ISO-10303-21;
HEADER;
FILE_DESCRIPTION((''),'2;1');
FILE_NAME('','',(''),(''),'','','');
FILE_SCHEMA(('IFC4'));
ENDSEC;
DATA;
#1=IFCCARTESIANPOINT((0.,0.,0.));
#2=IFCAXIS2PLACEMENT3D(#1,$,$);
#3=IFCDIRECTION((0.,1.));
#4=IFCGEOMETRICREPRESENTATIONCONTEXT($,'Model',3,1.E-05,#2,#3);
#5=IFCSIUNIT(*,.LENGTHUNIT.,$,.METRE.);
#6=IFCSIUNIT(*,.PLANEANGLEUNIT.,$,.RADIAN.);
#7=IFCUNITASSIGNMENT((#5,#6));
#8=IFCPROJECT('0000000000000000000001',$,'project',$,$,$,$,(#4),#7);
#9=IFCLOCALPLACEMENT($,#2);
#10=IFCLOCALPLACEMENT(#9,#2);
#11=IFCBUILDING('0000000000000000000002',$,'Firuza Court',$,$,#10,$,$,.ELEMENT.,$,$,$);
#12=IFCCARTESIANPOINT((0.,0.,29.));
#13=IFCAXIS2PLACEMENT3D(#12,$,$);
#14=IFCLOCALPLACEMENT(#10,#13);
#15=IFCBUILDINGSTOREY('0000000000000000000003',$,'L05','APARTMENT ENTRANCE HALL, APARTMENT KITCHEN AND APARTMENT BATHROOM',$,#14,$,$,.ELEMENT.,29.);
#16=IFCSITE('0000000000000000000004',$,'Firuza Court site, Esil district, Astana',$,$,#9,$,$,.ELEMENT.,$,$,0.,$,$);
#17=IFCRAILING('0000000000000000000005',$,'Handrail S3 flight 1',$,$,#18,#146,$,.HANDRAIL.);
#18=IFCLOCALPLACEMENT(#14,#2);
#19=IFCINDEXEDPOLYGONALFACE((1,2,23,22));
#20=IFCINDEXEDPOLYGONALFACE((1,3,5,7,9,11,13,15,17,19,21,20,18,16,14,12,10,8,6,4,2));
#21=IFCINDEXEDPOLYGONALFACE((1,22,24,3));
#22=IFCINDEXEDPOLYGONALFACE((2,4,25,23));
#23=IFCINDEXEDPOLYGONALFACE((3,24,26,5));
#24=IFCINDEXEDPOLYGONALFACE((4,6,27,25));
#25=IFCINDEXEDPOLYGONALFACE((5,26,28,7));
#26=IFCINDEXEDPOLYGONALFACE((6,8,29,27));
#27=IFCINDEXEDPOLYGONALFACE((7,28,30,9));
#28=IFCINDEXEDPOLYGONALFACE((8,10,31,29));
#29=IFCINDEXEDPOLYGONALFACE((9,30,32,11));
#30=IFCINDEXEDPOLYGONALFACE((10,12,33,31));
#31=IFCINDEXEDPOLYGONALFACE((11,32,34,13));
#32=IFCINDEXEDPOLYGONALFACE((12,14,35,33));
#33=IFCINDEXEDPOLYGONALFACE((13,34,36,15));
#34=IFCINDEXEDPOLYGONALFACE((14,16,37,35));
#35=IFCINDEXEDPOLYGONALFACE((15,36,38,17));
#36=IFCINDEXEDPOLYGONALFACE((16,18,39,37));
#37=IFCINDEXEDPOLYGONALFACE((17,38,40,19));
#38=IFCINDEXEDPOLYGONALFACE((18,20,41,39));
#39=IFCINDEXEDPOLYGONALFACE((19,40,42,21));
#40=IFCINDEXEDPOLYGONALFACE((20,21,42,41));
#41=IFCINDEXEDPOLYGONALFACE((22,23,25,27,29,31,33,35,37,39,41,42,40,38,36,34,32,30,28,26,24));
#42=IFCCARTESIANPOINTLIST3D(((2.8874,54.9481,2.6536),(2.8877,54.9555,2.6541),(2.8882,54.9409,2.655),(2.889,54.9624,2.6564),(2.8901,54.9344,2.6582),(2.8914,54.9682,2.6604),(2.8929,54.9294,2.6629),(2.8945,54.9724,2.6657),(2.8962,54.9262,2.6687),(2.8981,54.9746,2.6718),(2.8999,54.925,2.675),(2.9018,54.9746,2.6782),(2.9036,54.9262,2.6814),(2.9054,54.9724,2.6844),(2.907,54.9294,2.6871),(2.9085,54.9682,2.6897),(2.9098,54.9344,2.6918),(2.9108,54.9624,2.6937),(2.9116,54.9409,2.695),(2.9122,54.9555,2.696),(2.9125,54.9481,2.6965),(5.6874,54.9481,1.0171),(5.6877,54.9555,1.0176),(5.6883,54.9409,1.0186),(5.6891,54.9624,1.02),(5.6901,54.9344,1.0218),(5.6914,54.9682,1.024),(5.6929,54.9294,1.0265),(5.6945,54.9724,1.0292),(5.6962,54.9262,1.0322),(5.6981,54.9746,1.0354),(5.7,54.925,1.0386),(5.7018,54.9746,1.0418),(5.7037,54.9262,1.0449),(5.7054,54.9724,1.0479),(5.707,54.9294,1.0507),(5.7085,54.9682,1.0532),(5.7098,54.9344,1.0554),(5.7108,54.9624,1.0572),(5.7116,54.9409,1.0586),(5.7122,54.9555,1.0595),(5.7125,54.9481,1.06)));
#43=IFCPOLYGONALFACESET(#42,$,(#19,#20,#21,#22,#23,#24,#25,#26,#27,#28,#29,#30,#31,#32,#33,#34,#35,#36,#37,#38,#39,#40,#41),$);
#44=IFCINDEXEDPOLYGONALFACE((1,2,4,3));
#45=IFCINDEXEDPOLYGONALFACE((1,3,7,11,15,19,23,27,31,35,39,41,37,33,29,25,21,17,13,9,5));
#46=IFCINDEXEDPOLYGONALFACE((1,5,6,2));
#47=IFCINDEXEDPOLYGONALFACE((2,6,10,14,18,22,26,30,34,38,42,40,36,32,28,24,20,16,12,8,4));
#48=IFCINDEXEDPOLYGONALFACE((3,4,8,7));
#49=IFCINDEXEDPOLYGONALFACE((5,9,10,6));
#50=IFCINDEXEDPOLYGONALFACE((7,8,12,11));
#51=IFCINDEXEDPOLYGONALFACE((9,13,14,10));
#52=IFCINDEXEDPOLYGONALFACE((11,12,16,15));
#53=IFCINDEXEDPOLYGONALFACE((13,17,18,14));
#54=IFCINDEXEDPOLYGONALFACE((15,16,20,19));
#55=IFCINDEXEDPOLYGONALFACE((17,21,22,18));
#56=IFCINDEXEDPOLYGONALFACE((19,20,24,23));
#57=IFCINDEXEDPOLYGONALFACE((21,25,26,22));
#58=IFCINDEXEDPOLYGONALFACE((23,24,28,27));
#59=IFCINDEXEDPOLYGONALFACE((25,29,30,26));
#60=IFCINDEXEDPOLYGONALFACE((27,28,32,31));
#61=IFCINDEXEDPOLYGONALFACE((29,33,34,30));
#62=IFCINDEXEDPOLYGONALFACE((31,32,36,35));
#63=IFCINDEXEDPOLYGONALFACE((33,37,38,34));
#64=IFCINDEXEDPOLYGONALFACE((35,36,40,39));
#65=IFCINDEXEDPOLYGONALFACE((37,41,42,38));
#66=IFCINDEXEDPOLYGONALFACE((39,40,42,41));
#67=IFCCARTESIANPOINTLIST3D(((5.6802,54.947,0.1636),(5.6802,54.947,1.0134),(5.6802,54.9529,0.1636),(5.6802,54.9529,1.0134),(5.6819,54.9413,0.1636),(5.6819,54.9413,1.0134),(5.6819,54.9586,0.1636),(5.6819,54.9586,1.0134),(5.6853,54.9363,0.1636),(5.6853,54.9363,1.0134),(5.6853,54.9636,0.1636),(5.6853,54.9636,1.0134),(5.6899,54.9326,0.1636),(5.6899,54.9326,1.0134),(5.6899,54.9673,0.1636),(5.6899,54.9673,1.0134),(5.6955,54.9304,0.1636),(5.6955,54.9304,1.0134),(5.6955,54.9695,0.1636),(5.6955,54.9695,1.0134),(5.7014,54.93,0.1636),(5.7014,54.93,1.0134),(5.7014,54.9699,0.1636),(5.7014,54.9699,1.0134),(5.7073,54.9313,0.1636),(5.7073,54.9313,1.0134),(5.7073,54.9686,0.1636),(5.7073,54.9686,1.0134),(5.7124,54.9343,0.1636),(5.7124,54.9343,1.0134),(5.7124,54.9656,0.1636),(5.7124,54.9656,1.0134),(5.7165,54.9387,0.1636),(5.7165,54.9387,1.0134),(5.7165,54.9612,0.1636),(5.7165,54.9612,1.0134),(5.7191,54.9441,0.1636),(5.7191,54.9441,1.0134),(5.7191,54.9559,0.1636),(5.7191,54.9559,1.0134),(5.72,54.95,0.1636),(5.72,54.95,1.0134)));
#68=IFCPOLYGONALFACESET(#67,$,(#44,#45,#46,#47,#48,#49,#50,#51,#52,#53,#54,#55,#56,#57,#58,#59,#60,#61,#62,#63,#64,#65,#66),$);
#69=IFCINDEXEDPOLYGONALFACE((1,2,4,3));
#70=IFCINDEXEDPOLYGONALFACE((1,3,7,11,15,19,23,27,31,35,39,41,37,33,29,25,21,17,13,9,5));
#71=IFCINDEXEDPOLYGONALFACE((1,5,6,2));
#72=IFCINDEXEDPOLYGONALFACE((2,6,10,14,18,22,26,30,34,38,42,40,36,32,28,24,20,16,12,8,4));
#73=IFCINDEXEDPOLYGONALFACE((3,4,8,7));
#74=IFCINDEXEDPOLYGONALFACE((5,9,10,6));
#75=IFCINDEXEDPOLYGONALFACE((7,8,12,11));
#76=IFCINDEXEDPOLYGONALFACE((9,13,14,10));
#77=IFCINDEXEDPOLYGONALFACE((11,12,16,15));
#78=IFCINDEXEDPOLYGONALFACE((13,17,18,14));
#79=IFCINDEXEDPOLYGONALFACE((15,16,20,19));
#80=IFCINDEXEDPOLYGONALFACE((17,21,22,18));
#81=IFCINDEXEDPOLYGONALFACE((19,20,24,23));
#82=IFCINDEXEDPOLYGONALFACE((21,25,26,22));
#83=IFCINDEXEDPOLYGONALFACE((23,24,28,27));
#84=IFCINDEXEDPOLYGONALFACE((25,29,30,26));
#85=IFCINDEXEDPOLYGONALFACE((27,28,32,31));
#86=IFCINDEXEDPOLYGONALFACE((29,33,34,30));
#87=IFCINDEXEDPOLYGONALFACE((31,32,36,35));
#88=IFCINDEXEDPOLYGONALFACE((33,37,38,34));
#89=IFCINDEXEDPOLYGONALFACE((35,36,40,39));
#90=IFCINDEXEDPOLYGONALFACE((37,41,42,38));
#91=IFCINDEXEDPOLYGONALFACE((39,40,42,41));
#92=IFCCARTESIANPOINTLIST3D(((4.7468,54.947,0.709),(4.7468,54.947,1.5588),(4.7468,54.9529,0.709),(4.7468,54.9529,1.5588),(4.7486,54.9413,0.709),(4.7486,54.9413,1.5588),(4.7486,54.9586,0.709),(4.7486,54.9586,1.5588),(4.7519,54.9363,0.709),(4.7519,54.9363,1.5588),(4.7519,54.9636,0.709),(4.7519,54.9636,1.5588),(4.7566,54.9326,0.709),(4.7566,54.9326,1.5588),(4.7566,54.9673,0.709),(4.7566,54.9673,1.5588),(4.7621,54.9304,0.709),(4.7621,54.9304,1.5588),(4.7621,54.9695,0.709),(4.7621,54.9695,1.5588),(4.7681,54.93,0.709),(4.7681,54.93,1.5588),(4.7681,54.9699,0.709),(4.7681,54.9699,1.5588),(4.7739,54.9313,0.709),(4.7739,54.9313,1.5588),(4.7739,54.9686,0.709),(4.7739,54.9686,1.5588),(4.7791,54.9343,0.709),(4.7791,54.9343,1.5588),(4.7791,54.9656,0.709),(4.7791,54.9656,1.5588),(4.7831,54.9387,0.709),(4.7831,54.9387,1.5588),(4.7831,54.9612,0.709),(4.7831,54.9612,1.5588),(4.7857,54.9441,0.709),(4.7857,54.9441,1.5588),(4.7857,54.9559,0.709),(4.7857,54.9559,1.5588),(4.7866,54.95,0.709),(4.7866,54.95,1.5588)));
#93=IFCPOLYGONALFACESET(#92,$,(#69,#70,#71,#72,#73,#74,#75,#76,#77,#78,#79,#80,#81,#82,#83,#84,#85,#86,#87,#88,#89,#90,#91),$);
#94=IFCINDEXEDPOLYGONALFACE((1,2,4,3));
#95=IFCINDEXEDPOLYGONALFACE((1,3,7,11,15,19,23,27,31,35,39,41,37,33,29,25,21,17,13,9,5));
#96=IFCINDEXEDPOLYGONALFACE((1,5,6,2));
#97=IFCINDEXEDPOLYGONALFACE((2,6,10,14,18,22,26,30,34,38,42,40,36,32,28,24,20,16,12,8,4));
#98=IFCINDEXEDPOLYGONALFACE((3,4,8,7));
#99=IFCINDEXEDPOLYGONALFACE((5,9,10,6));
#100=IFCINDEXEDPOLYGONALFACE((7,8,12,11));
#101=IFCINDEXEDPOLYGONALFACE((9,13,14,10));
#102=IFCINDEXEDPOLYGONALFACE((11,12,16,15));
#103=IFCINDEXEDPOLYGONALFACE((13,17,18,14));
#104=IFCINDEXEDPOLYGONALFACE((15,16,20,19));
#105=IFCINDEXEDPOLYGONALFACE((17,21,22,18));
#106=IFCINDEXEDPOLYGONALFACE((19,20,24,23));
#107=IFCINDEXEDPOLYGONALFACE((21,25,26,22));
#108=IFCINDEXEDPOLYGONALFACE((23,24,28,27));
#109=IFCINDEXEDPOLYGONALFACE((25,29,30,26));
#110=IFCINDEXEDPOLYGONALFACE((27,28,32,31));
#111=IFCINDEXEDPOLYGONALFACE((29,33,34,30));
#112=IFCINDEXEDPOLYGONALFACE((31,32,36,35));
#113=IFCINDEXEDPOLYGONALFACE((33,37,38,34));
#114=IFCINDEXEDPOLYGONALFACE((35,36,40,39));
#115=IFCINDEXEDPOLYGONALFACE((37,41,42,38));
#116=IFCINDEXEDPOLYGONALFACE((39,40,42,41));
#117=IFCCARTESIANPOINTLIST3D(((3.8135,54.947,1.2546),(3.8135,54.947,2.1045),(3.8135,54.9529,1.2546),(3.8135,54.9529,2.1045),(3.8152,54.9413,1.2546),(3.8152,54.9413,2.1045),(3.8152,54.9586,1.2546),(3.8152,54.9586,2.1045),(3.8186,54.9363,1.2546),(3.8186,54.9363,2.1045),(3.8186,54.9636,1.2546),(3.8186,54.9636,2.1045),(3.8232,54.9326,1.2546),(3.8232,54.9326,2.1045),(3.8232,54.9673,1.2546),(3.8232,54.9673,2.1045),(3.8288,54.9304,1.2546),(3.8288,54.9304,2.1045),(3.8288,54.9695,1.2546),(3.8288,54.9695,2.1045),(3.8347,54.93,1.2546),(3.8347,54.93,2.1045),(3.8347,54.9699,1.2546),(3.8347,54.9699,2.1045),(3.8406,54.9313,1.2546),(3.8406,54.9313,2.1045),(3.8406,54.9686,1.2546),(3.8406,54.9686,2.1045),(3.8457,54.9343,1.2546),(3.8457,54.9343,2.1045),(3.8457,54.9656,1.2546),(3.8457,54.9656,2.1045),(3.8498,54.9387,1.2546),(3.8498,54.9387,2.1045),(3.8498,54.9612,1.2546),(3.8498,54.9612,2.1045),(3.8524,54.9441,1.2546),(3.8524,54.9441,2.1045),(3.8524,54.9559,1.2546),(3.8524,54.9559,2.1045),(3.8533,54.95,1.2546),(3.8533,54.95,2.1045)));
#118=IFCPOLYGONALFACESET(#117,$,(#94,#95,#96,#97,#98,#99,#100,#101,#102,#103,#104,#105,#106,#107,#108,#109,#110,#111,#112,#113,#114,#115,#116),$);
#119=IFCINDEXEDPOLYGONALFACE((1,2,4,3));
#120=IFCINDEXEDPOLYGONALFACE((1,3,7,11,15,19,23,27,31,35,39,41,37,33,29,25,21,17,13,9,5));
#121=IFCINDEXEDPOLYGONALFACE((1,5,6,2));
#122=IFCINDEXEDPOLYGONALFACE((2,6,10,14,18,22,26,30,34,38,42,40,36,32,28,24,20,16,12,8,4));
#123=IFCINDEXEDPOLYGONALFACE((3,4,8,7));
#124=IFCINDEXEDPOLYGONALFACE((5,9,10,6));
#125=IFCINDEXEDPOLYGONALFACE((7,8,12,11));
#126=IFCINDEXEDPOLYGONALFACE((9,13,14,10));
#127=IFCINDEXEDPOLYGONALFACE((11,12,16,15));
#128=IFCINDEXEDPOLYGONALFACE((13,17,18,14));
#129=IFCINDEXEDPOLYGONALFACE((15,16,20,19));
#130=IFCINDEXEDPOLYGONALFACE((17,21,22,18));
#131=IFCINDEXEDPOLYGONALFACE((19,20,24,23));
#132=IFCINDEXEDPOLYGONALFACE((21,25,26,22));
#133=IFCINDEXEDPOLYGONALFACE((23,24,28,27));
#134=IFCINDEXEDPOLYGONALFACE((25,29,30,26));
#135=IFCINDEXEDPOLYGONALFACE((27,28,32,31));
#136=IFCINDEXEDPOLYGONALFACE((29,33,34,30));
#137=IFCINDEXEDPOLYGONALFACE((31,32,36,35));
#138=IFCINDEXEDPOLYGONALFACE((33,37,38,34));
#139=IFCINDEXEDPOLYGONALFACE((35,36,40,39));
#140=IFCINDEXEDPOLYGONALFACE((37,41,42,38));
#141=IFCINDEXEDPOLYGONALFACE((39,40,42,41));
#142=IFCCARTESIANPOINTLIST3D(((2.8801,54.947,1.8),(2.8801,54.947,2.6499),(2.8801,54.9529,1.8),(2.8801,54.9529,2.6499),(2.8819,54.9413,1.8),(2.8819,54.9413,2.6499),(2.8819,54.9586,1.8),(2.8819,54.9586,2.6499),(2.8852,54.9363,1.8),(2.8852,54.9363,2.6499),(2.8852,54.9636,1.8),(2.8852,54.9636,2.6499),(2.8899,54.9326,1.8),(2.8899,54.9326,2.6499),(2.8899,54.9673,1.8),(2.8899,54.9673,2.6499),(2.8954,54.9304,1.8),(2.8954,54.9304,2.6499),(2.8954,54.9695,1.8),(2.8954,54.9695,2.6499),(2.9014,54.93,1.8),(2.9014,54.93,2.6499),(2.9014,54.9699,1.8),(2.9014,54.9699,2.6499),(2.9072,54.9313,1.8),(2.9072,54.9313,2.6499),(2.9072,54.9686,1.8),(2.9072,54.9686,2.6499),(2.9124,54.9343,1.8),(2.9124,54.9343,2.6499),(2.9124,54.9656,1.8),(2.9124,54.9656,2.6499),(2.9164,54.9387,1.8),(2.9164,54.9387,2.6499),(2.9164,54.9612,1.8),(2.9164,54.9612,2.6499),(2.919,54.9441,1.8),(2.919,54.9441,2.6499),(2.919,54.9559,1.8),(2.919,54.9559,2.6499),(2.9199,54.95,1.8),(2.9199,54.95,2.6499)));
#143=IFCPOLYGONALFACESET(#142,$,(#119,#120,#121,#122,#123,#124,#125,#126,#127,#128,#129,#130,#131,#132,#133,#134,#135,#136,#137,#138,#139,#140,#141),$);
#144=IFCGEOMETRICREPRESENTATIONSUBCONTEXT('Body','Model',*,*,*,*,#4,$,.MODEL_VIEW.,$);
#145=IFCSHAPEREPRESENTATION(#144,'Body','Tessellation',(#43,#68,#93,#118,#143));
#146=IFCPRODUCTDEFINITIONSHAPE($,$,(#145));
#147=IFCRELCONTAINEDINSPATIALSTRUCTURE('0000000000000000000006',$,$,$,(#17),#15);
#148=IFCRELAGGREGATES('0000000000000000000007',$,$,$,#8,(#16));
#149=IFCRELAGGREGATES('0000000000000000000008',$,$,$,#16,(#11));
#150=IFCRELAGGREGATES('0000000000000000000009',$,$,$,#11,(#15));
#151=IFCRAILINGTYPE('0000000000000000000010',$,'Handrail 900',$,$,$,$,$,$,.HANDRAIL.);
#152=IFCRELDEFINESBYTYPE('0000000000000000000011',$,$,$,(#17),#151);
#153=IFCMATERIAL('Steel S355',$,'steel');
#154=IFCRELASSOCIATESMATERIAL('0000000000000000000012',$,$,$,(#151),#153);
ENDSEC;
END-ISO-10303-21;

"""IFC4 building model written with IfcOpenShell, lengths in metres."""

from ifc_helpers import new_model, si_unit, direction, frame, origin, origin_2d, place, context, subcontext, project, spatial, circle, extrude, material, type_object, element, save


model = new_model("IFC4")

# Units and contexts
model_context = context("Model", 3, precision=1e-05, world=origin(), true_north=direction((0.0, 1.0)))
body_context = subcontext(model_context, "Body", "Model", "MODEL_VIEW")
ifc_project = project(units=[si_unit("LENGTHUNIT", "METRE"), si_unit("PLANEANGLEUNIT", "RADIAN")], contexts=[model_context])

# Site, building, storey
site_placement = place(None, origin())
site = spatial("IfcSite", under=ifc_project, at=site_placement, Name="Firuza Court site, Esil district, Astana", CompositionType="ELEMENT", RefElevation=0.0)
building_placement = place(site_placement, origin())
building = spatial("IfcBuilding", under=site, at=building_placement, Name="Firuza Court", CompositionType="ELEMENT")
storey_placement = place(building_placement, frame((0.0, 0.0, 29.0)))
storey = spatial("IfcBuildingStorey", under=building, at=storey_placement, Name="L05", Description="APARTMENT ENTRANCE HALL, APARTMENT KITCHEN AND APARTMENT BATHROOM", CompositionType="ELEMENT", Elevation=29.0)

# Railing
ifc_material_1 = material(Name="Steel S355", Category="steel")
railing_type_1 = type_object("IfcRailingType", Name="Handrail 900", PredefinedType="HANDRAIL", material=ifc_material_1)
railing_1_placement = place(storey_placement, frame((5.7, 54.95, 0.1636)))
element("IfcRailing", 1, at=railing_1_placement, inside=storey, type_object=railing_type_1, Name="Handrail S3 flight 1", PredefinedType="HANDRAIL", context=body_context, shape_type="SweptSolid", body=[
    extrude(circle(Radius=0.0249, at=origin_2d()), frame((0.0, 0.0, 0.875), z_axis=(-0.863361, 0.0, 0.504587), x_axis=(0.0, -1.0, 0.0)), (0.0, 0.0, 1.0), 3.2432),
    extrude(circle(Radius=0.02, at=origin_2d()), origin(), (0.0, 0.0, 1.0), 0.8499),
    extrude(circle(Radius=0.02, at=origin_2d()), frame((-0.9333, 0.0, 0.5454)), (0.0, 0.0, 1.0), 0.8499),
    extrude(circle(Radius=0.02, at=origin_2d()), frame((-1.8667, 0.0, 1.0911)), (0.0, 0.0, 1.0), 0.8499),
    extrude(circle(Radius=0.02, at=origin_2d()), frame((-2.8, 0.0, 1.6365)), (0.0, 0.0, 1.0), 0.8499),
])

save(model, "model.ifc")
